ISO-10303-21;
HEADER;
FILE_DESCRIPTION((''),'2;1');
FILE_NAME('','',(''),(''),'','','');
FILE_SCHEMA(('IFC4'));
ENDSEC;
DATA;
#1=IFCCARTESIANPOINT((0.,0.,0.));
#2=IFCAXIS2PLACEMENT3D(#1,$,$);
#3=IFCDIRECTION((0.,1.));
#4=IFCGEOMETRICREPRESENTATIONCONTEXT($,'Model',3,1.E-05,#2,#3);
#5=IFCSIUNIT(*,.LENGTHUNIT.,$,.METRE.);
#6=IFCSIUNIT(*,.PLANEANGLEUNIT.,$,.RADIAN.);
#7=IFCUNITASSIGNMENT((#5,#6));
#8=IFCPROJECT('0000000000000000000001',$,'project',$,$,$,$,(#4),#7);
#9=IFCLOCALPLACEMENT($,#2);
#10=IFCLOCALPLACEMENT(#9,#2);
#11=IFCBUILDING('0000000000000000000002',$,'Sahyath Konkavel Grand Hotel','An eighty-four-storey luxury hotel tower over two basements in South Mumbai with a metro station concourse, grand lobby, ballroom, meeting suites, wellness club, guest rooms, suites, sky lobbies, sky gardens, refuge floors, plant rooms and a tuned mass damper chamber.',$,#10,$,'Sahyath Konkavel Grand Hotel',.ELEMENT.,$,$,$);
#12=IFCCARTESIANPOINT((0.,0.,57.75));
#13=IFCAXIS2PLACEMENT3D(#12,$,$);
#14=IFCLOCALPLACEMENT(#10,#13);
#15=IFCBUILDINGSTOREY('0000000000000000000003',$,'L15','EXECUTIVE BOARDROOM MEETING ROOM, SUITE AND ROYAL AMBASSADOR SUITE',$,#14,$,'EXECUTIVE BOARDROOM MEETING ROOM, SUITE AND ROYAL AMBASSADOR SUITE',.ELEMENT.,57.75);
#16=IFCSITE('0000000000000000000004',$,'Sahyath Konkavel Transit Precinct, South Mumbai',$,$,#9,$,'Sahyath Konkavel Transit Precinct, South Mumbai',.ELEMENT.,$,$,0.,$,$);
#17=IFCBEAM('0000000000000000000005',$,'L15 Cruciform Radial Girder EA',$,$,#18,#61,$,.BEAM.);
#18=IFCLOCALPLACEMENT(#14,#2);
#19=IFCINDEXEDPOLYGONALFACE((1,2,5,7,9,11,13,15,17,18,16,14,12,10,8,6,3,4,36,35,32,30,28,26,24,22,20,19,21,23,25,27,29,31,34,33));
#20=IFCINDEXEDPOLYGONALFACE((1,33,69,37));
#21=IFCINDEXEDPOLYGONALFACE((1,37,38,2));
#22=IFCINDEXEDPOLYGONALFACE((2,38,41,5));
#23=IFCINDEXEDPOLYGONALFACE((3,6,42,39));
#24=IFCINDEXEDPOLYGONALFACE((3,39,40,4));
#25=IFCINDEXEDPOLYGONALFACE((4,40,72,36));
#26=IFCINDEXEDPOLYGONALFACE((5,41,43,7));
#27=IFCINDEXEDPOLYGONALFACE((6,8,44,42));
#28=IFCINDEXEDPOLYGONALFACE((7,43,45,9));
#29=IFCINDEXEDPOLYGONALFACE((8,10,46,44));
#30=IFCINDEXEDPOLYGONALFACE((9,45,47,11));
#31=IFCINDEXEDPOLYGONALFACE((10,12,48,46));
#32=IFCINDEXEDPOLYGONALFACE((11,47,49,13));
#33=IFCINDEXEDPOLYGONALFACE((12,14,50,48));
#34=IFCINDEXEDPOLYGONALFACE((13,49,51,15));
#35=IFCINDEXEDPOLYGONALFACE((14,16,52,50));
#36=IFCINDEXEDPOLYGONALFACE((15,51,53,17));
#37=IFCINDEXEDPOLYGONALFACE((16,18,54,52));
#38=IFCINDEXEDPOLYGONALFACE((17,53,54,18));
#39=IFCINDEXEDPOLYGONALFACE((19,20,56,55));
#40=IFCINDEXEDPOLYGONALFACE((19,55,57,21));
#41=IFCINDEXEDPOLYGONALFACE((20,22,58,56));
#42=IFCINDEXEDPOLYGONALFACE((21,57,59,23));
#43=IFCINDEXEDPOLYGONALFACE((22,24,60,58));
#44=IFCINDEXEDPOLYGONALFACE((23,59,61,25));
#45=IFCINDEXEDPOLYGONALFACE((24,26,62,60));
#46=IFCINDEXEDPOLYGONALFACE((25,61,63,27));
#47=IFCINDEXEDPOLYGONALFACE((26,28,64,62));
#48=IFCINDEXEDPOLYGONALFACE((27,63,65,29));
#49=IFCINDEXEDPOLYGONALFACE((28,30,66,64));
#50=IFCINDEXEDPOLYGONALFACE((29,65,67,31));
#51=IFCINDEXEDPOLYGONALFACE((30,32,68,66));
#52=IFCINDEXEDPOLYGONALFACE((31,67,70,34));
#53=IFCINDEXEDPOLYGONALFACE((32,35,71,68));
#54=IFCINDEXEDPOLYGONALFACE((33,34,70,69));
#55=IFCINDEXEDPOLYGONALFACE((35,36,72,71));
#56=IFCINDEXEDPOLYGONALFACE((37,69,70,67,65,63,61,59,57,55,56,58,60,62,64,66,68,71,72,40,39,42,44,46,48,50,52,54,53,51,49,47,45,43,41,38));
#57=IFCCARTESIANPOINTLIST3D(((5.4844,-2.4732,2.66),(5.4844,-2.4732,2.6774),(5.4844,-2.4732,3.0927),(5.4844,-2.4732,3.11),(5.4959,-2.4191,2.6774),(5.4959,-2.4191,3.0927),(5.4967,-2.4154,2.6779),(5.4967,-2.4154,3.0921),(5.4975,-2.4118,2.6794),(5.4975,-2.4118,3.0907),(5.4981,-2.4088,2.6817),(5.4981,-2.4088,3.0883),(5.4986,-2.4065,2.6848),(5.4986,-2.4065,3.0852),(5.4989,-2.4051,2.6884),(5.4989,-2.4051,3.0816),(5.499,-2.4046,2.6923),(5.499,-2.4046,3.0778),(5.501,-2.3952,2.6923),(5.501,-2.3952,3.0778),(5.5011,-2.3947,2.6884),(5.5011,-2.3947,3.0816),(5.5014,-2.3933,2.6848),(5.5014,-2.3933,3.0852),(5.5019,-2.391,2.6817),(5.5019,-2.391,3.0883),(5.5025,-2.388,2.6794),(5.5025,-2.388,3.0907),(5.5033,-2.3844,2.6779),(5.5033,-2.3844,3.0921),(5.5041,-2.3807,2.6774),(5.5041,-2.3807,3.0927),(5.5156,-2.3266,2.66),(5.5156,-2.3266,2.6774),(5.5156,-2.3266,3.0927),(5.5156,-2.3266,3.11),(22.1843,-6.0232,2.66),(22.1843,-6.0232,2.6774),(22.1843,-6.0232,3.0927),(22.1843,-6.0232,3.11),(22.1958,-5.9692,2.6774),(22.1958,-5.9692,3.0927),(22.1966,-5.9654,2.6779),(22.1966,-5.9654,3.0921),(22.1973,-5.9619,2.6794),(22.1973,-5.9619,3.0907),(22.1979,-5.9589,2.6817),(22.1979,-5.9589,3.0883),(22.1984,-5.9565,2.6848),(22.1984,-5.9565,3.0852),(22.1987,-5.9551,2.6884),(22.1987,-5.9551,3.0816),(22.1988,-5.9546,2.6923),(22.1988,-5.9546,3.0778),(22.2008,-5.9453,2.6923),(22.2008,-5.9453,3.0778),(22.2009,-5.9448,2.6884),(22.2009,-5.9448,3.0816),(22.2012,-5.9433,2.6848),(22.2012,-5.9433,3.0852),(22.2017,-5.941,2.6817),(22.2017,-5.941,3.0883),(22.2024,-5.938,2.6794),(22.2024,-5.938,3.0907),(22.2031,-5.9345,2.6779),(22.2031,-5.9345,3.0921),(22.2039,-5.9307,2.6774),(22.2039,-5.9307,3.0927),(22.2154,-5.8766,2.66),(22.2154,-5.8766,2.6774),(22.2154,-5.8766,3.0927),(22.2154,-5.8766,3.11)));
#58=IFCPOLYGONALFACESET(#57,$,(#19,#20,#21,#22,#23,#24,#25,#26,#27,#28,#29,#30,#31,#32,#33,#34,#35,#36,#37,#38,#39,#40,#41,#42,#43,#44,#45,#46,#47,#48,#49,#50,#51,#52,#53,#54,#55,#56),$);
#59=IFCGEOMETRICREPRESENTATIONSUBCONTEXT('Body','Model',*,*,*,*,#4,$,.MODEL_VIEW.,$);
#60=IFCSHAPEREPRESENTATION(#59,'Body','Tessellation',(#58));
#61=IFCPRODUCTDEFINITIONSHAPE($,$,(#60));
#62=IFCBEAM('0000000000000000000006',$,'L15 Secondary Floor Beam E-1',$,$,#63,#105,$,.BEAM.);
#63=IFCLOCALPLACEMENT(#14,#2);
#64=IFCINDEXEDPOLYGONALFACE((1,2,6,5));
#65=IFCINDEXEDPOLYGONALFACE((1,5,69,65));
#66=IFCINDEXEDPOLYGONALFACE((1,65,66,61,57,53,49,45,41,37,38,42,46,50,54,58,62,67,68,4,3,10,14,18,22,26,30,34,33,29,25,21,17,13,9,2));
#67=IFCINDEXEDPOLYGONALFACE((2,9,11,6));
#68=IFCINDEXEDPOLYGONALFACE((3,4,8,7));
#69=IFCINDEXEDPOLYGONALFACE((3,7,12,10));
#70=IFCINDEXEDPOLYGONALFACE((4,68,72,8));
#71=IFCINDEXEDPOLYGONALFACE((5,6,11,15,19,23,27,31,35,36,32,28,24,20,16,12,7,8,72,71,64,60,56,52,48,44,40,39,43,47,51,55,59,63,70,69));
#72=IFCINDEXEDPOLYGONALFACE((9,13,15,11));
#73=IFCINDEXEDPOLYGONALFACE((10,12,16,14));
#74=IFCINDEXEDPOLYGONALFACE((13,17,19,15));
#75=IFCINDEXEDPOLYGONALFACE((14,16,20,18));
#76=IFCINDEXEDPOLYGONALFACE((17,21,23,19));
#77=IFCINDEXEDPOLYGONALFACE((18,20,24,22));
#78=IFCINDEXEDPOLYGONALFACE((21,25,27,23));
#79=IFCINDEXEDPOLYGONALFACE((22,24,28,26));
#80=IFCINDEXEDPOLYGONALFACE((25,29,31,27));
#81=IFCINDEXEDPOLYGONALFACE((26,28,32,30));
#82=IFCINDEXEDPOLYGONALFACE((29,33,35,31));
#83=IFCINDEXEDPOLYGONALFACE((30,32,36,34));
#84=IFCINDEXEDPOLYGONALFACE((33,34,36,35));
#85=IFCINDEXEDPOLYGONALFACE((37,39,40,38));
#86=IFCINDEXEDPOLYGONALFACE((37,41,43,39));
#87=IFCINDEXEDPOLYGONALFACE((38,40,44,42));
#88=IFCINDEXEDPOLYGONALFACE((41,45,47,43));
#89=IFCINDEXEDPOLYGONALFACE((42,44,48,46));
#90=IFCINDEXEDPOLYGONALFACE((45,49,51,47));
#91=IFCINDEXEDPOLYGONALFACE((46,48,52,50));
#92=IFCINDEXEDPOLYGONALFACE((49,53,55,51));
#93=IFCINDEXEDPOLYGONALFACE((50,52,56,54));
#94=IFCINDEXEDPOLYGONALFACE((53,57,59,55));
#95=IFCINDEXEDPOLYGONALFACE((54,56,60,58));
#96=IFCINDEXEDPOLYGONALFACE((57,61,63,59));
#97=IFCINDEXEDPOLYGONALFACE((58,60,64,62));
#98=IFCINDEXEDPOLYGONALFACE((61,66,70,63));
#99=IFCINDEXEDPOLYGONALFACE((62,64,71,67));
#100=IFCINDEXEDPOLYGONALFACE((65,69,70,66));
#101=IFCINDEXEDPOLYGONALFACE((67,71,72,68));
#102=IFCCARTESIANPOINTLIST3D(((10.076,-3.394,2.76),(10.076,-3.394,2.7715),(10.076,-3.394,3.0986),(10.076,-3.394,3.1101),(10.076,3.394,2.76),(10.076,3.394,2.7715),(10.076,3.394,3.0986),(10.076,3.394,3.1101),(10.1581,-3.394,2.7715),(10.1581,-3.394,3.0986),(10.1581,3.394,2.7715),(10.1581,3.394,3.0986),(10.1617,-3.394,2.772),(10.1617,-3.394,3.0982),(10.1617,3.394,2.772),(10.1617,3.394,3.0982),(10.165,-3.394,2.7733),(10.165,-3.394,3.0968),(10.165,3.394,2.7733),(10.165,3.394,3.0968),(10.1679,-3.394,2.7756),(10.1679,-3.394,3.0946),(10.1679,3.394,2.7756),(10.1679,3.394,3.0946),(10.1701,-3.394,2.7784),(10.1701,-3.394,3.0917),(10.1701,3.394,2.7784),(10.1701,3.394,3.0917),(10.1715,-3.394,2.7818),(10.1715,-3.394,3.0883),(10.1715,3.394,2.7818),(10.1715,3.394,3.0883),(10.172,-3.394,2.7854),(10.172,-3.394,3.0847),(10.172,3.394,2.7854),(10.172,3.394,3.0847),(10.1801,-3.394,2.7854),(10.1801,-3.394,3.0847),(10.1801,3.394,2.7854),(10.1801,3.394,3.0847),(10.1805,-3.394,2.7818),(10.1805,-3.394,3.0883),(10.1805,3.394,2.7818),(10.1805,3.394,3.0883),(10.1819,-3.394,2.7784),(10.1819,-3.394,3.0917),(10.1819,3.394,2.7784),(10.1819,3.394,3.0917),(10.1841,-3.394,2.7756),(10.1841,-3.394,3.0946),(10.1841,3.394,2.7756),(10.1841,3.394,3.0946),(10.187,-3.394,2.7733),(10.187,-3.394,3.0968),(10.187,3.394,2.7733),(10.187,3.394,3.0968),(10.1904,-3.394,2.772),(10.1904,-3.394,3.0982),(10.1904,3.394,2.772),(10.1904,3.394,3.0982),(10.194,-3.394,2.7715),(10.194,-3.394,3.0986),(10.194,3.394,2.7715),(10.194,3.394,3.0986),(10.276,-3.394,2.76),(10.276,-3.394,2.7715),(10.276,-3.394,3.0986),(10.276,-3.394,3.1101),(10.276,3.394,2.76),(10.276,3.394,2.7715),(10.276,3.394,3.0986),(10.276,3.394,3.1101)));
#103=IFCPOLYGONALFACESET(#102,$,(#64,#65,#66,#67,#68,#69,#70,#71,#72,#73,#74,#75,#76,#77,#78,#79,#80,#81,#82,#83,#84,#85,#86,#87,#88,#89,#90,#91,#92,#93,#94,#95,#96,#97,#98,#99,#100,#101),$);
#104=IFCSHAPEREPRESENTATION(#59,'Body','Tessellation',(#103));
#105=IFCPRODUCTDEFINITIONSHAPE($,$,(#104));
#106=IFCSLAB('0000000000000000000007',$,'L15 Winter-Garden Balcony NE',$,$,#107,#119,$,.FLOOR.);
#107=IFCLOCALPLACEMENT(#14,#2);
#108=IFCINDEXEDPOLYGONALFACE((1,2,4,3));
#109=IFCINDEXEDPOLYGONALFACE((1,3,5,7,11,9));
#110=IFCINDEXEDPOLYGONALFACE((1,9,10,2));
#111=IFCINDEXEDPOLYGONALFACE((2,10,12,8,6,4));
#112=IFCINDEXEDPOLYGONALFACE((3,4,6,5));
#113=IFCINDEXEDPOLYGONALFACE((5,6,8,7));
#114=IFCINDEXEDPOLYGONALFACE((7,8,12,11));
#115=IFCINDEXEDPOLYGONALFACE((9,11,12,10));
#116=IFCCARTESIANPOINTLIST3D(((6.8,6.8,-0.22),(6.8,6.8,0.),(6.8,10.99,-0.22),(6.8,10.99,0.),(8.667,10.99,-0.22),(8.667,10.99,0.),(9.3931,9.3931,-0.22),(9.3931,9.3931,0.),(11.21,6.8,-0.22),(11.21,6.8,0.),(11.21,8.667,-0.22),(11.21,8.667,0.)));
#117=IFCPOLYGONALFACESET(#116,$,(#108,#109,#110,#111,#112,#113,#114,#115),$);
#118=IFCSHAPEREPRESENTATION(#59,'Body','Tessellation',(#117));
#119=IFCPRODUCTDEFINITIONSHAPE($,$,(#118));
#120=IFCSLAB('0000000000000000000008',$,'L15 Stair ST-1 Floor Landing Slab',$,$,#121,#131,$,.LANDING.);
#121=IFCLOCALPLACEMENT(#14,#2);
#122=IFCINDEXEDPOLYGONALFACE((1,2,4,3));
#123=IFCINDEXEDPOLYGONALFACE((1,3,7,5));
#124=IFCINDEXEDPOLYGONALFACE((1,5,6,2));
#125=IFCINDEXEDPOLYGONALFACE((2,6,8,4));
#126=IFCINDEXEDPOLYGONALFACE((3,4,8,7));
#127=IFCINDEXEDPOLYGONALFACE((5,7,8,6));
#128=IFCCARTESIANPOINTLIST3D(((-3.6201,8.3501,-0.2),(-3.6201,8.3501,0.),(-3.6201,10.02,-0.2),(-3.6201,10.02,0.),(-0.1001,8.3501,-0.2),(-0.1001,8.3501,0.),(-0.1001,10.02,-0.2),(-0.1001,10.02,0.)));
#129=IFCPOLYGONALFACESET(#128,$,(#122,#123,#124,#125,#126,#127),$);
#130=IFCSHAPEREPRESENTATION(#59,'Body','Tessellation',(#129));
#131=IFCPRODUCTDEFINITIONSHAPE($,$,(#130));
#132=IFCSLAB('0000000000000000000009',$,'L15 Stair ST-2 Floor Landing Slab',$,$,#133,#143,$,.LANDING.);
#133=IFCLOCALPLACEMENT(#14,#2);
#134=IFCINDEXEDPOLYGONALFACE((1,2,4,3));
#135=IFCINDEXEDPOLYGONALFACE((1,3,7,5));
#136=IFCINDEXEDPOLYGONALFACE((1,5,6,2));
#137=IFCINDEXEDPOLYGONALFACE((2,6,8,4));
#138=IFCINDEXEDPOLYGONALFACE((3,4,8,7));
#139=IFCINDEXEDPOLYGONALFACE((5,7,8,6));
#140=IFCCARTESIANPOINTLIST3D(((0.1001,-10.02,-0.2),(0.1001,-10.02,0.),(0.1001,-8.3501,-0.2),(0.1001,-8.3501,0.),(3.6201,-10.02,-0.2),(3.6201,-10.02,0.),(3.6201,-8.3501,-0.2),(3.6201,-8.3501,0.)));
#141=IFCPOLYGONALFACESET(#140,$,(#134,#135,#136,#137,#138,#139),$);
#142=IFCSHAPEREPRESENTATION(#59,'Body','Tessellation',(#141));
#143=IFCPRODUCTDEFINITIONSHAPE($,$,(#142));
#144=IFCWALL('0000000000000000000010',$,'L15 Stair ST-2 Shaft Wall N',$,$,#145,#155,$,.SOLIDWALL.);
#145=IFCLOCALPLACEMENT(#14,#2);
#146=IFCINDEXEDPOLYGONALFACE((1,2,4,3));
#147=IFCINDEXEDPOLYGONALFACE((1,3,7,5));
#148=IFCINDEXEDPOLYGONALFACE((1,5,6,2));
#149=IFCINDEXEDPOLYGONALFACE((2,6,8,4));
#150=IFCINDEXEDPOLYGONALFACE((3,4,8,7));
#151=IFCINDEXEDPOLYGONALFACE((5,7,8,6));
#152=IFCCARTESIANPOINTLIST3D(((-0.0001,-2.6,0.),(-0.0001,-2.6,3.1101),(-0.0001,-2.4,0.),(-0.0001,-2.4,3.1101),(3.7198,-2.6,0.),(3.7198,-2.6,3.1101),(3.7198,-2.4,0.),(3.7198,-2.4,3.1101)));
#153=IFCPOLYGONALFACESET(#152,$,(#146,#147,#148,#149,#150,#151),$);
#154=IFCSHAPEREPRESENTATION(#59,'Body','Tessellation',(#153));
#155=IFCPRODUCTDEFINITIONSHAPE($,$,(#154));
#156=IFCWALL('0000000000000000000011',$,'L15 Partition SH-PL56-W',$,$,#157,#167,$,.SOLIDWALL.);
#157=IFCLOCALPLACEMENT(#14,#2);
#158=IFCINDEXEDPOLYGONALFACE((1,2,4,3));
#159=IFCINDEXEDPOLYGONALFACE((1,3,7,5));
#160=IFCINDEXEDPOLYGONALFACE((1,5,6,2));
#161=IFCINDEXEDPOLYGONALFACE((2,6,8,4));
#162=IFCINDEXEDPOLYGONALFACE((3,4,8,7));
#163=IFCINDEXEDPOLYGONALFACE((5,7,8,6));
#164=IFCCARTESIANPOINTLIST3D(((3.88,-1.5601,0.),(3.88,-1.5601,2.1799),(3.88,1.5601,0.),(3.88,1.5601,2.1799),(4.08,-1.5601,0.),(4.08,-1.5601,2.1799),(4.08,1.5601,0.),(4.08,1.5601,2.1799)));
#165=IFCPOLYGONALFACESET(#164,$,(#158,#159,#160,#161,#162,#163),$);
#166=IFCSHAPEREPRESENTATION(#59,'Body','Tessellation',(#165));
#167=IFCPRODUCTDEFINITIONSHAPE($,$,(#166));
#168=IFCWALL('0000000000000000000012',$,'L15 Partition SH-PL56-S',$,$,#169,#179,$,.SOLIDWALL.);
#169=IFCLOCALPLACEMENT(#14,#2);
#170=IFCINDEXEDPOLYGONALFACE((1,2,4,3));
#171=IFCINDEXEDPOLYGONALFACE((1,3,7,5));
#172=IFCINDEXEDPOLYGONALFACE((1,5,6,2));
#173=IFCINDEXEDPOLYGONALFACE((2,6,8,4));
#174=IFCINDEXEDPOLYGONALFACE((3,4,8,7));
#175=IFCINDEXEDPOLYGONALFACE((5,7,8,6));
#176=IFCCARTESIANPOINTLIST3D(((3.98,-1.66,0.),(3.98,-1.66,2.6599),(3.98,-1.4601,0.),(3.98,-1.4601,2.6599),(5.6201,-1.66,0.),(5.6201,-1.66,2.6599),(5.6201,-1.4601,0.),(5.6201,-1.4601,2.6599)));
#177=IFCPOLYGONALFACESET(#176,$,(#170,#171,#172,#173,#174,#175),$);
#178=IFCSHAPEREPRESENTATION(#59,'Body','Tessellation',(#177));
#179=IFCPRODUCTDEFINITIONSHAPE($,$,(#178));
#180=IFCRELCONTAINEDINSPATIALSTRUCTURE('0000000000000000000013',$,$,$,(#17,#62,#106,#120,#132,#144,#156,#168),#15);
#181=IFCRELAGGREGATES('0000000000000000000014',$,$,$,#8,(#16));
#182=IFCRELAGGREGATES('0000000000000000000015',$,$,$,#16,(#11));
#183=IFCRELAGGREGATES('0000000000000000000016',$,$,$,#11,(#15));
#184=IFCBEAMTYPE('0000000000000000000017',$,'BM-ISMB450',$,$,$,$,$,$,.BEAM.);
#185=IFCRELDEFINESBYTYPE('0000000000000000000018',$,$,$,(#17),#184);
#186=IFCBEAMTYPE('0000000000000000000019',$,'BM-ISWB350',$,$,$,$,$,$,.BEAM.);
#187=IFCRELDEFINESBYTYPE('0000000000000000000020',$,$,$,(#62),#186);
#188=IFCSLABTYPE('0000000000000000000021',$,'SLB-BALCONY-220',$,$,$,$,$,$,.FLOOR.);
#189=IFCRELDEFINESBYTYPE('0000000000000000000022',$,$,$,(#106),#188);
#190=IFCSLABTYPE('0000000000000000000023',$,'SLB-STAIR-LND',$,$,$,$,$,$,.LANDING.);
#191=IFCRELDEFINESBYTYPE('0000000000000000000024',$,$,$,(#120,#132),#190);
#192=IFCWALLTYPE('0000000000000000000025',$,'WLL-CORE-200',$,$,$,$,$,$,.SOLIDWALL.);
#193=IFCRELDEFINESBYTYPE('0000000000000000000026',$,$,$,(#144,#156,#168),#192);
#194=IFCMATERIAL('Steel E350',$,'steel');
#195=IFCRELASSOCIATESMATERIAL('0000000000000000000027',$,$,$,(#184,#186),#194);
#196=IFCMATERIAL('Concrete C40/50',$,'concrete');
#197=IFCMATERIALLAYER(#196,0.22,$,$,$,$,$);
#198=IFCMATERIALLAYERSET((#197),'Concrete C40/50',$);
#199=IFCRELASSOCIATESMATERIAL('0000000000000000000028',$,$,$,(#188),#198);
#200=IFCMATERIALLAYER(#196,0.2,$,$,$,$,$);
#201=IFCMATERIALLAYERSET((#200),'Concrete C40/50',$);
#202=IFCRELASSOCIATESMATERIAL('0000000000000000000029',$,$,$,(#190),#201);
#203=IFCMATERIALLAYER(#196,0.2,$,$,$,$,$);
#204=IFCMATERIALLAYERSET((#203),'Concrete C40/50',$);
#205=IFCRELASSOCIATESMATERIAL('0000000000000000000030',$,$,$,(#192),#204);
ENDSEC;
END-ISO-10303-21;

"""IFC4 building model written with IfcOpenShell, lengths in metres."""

from ifc_helpers import new_model, si_unit, direction, frame, frame_2d, origin, origin_2d, place, context, subcontext, project, spatial, polyline, rectangle, i_section, outline, extrude, source, transform, mapped, material, layer, layer_set, material_profile, profile_set, type_object, element, save


model = new_model("IFC4")

# Units and contexts
model_context = context("Model", 3, precision=1e-05, world=origin(), true_north=direction((0.0, 1.0)))
body_context = subcontext(model_context, "Body", "Model", "MODEL_VIEW")
ifc_project = project(units=[si_unit("LENGTHUNIT", "METRE"), si_unit("PLANEANGLEUNIT", "RADIAN")], contexts=[model_context])

# Site, building, storey
site_placement = place(None, origin())
site = spatial("IfcSite", under=ifc_project, at=site_placement, Name="Sahyath Konkavel Transit Precinct, South Mumbai", LongName="Sahyath Konkavel Transit Precinct, South Mumbai", CompositionType="ELEMENT", RefElevation=0.0)
building_placement = place(site_placement, origin())
building = spatial("IfcBuilding", under=site, at=building_placement, Name="Sahyath Konkavel Grand Hotel", Description="An eighty-four-storey luxury hotel tower over two basements in South Mumbai with a metro station concourse, grand lobby, ballroom, meeting suites, wellness club, guest rooms, suites, sky lobbies, sky gardens, refuge floors, plant rooms and a tuned mass damper chamber.", LongName="Sahyath Konkavel Grand Hotel", CompositionType="ELEMENT")
storey_placement = place(building_placement, frame((0.0, 0.0, 57.75)))
storey = spatial("IfcBuildingStorey", under=building, at=storey_placement, Name="L15", Description="EXECUTIVE BOARDROOM MEETING ROOM, SUITE AND ROYAL AMBASSADOR SUITE", LongName="EXECUTIVE BOARDROOM MEETING ROOM, SUITE AND ROYAL AMBASSADOR SUITE", CompositionType="ELEMENT", Elevation=57.75)

# Beams
ifc_material_1 = material(Name="Steel E350", Category="steel")
ifc_material_profile_1 = material_profile(ifc_material_1, i_section(OverallWidth=0.1499, OverallDepth=0.45, WebThickness=0.0095, FlangeThickness=0.0173, FilletRadius=0.0149, at=origin_2d()), Name="ISMB 450")
ifc_profile_set_1 = profile_set([ifc_material_profile_1], Name="Steel E350")
beam_type_1 = type_object("IfcBeamType", Name="BM-ISMB450", PredefinedType="BEAM", material=ifc_profile_set_1)
shared_shape_1 = source(origin(), body_context, "Body", "SweptSolid", [
    extrude(i_section(OverallWidth=0.1499, OverallDepth=0.45, WebThickness=0.0095, FlangeThickness=0.0173, FilletRadius=0.0149, at=origin_2d()), origin(), (0.0, 0.0, 1.0), 17.073),
])
beam_1_placement = place(storey_placement, frame((5.5, -2.3999, 2.885), z_axis=(0.978143, -0.207932, 0.0), x_axis=(0.207932, 0.978143, 0.0)))
element("IfcBeam", 1, at=beam_1_placement, inside=storey, type_object=beam_type_1, Name="L15 Cruciform Radial Girder EA", PredefinedType="BEAM", context=body_context, shape_type="MappedRepresentation", body=[
    mapped(shared_shape_1, transform((0.0, 0.0, 0.0), scale=1.0)),
])
ifc_material_profile_2 = material_profile(ifc_material_1, i_section(OverallWidth=0.2, OverallDepth=0.3501, WebThickness=0.0081, FlangeThickness=0.0115, FilletRadius=0.0139, at=origin_2d()), Name="ISWB 350")
ifc_profile_set_2 = profile_set([ifc_material_profile_2], Name="Steel E350")
beam_type_2 = type_object("IfcBeamType", Name="BM-ISWB350", PredefinedType="BEAM", material=ifc_profile_set_2)
shared_shape_2 = source(origin(), body_context, "Body", "SweptSolid", [
    extrude(i_section(OverallWidth=0.2, OverallDepth=0.3501, WebThickness=0.0081, FlangeThickness=0.0115, FilletRadius=0.0139, at=origin_2d()), origin(), (0.0, 0.0, 1.0), 6.7881),
])
beam_2_placement = place(storey_placement, frame((10.176, -3.394, 2.9351), z_axis=(0.0, 1.0, 0.0), x_axis=(-1.0, 0.0, 0.0)))
element("IfcBeam", 2, at=beam_2_placement, inside=storey, type_object=beam_type_2, Name="L15 Secondary Floor Beam E-1", PredefinedType="BEAM", context=body_context, shape_type="MappedRepresentation", body=[
    mapped(shared_shape_2, transform((0.0, 0.0, 0.0), scale=1.0)),
])

# Slabs
ifc_material_2 = material(Name="Concrete C40/50", Category="concrete")
ifc_layer_1 = layer(ifc_material_2, 0.22)
ifc_layer_set_1 = layer_set([ifc_layer_1], Name="Concrete C40/50")
slab_type_1 = type_object("IfcSlabType", Name="SLB-BALCONY-220", PredefinedType="FLOOR", material=ifc_layer_set_1)
slab_1_placement = place(storey_placement, frame((0.0, 0.0, -0.22)))
element("IfcSlab", 3, at=slab_1_placement, inside=storey, type_object=slab_type_1, Name="L15 Winter-Garden Balcony NE", PredefinedType="FLOOR", context=body_context, shape_type="SweptSolid", body=[
    extrude(outline(polyline([(6.8, 6.8), (11.21, 6.8), (11.21, 8.667), (9.3931, 9.3931), (8.667, 10.99), (6.8, 10.99), (6.8, 6.8)])), origin(), (0.0, 0.0, 1.0), 0.22),
])
ifc_layer_2 = layer(ifc_material_2, 0.2)
ifc_layer_set_2 = layer_set([ifc_layer_2], Name="Concrete C40/50")
slab_type_2 = type_object("IfcSlabType", Name="SLB-STAIR-LND", PredefinedType="LANDING", material=ifc_layer_set_2)
slab_2_placement = place(storey_placement, frame((0.0, 0.0, -0.2)))
element("IfcSlab", 4, at=slab_2_placement, inside=storey, type_object=slab_type_2, Name="L15 Stair ST-1 Floor Landing Slab", PredefinedType="LANDING", context=body_context, shape_type="SweptSolid", body=[
    extrude(outline(polyline([(-3.6201, 8.3501), (-0.1001, 8.3501), (-0.1001, 10.02), (-3.6201, 10.02), (-3.6201, 8.3501)])), origin(), (0.0, 0.0, 1.0), 0.2),
])
slab_3_placement = place(storey_placement, frame((0.0, 0.0, -0.2)))
element("IfcSlab", 5, at=slab_3_placement, inside=storey, type_object=slab_type_2, Name="L15 Stair ST-2 Floor Landing Slab", PredefinedType="LANDING", context=body_context, shape_type="SweptSolid", body=[
    extrude(outline(polyline([(0.1001, -10.02), (3.6201, -10.02), (3.6201, -8.3501), (0.1001, -8.3501), (0.1001, -10.02)])), origin(), (0.0, 0.0, 1.0), 0.2),
])

# Walls
ifc_layer_3 = layer(ifc_material_2, 0.2)
ifc_layer_set_3 = layer_set([ifc_layer_3], Name="Concrete C40/50")
wall_type_1 = type_object("IfcWallType", Name="WLL-CORE-200", PredefinedType="SOLIDWALL", material=ifc_layer_set_3)
wall_1_placement = place(storey_placement, frame((0.0, -2.5, 0.0), z_axis=(0.0, 0.0, 1.0), x_axis=(1.0, 0.0, 0.0)))
element("IfcWall", 6, at=wall_1_placement, inside=storey, type_object=wall_type_1, Name="L15 Stair ST-2 Shaft Wall N", PredefinedType="SOLIDWALL", context=body_context, shape_type="SweptSolid", body=[
    extrude(rectangle(XDim=3.72, YDim=0.2, at=frame_2d((1.8599, 0.0))), origin(), (0.0, 0.0, 1.0), 3.1101),
])
wall_2_placement = place(storey_placement, frame((3.98, -1.5601, 0.0), z_axis=(0.0, 0.0, 1.0), x_axis=(0.0, 1.0, 0.0)))
element("IfcWall", 7, at=wall_2_placement, inside=storey, type_object=wall_type_1, Name="L15 Partition SH-PL56-W", PredefinedType="SOLIDWALL", context=body_context, shape_type="SweptSolid", body=[
    extrude(rectangle(XDim=3.1201, YDim=0.2, at=frame_2d((1.5601, 0.0))), origin(), (0.0, 0.0, 1.0), 2.1799),
])
wall_3_placement = place(storey_placement, frame((3.98, -1.5601, 0.0), z_axis=(0.0, 0.0, 1.0), x_axis=(1.0, 0.0, 0.0)))
element("IfcWall", 8, at=wall_3_placement, inside=storey, type_object=wall_type_1, Name="L15 Partition SH-PL56-S", PredefinedType="SOLIDWALL", context=body_context, shape_type="SweptSolid", body=[
    extrude(rectangle(XDim=1.6401, YDim=0.2, at=frame_2d((0.8201, 0.0))), origin(), (0.0, 0.0, 1.0), 2.6599),
])

save(model, "model.ifc")
